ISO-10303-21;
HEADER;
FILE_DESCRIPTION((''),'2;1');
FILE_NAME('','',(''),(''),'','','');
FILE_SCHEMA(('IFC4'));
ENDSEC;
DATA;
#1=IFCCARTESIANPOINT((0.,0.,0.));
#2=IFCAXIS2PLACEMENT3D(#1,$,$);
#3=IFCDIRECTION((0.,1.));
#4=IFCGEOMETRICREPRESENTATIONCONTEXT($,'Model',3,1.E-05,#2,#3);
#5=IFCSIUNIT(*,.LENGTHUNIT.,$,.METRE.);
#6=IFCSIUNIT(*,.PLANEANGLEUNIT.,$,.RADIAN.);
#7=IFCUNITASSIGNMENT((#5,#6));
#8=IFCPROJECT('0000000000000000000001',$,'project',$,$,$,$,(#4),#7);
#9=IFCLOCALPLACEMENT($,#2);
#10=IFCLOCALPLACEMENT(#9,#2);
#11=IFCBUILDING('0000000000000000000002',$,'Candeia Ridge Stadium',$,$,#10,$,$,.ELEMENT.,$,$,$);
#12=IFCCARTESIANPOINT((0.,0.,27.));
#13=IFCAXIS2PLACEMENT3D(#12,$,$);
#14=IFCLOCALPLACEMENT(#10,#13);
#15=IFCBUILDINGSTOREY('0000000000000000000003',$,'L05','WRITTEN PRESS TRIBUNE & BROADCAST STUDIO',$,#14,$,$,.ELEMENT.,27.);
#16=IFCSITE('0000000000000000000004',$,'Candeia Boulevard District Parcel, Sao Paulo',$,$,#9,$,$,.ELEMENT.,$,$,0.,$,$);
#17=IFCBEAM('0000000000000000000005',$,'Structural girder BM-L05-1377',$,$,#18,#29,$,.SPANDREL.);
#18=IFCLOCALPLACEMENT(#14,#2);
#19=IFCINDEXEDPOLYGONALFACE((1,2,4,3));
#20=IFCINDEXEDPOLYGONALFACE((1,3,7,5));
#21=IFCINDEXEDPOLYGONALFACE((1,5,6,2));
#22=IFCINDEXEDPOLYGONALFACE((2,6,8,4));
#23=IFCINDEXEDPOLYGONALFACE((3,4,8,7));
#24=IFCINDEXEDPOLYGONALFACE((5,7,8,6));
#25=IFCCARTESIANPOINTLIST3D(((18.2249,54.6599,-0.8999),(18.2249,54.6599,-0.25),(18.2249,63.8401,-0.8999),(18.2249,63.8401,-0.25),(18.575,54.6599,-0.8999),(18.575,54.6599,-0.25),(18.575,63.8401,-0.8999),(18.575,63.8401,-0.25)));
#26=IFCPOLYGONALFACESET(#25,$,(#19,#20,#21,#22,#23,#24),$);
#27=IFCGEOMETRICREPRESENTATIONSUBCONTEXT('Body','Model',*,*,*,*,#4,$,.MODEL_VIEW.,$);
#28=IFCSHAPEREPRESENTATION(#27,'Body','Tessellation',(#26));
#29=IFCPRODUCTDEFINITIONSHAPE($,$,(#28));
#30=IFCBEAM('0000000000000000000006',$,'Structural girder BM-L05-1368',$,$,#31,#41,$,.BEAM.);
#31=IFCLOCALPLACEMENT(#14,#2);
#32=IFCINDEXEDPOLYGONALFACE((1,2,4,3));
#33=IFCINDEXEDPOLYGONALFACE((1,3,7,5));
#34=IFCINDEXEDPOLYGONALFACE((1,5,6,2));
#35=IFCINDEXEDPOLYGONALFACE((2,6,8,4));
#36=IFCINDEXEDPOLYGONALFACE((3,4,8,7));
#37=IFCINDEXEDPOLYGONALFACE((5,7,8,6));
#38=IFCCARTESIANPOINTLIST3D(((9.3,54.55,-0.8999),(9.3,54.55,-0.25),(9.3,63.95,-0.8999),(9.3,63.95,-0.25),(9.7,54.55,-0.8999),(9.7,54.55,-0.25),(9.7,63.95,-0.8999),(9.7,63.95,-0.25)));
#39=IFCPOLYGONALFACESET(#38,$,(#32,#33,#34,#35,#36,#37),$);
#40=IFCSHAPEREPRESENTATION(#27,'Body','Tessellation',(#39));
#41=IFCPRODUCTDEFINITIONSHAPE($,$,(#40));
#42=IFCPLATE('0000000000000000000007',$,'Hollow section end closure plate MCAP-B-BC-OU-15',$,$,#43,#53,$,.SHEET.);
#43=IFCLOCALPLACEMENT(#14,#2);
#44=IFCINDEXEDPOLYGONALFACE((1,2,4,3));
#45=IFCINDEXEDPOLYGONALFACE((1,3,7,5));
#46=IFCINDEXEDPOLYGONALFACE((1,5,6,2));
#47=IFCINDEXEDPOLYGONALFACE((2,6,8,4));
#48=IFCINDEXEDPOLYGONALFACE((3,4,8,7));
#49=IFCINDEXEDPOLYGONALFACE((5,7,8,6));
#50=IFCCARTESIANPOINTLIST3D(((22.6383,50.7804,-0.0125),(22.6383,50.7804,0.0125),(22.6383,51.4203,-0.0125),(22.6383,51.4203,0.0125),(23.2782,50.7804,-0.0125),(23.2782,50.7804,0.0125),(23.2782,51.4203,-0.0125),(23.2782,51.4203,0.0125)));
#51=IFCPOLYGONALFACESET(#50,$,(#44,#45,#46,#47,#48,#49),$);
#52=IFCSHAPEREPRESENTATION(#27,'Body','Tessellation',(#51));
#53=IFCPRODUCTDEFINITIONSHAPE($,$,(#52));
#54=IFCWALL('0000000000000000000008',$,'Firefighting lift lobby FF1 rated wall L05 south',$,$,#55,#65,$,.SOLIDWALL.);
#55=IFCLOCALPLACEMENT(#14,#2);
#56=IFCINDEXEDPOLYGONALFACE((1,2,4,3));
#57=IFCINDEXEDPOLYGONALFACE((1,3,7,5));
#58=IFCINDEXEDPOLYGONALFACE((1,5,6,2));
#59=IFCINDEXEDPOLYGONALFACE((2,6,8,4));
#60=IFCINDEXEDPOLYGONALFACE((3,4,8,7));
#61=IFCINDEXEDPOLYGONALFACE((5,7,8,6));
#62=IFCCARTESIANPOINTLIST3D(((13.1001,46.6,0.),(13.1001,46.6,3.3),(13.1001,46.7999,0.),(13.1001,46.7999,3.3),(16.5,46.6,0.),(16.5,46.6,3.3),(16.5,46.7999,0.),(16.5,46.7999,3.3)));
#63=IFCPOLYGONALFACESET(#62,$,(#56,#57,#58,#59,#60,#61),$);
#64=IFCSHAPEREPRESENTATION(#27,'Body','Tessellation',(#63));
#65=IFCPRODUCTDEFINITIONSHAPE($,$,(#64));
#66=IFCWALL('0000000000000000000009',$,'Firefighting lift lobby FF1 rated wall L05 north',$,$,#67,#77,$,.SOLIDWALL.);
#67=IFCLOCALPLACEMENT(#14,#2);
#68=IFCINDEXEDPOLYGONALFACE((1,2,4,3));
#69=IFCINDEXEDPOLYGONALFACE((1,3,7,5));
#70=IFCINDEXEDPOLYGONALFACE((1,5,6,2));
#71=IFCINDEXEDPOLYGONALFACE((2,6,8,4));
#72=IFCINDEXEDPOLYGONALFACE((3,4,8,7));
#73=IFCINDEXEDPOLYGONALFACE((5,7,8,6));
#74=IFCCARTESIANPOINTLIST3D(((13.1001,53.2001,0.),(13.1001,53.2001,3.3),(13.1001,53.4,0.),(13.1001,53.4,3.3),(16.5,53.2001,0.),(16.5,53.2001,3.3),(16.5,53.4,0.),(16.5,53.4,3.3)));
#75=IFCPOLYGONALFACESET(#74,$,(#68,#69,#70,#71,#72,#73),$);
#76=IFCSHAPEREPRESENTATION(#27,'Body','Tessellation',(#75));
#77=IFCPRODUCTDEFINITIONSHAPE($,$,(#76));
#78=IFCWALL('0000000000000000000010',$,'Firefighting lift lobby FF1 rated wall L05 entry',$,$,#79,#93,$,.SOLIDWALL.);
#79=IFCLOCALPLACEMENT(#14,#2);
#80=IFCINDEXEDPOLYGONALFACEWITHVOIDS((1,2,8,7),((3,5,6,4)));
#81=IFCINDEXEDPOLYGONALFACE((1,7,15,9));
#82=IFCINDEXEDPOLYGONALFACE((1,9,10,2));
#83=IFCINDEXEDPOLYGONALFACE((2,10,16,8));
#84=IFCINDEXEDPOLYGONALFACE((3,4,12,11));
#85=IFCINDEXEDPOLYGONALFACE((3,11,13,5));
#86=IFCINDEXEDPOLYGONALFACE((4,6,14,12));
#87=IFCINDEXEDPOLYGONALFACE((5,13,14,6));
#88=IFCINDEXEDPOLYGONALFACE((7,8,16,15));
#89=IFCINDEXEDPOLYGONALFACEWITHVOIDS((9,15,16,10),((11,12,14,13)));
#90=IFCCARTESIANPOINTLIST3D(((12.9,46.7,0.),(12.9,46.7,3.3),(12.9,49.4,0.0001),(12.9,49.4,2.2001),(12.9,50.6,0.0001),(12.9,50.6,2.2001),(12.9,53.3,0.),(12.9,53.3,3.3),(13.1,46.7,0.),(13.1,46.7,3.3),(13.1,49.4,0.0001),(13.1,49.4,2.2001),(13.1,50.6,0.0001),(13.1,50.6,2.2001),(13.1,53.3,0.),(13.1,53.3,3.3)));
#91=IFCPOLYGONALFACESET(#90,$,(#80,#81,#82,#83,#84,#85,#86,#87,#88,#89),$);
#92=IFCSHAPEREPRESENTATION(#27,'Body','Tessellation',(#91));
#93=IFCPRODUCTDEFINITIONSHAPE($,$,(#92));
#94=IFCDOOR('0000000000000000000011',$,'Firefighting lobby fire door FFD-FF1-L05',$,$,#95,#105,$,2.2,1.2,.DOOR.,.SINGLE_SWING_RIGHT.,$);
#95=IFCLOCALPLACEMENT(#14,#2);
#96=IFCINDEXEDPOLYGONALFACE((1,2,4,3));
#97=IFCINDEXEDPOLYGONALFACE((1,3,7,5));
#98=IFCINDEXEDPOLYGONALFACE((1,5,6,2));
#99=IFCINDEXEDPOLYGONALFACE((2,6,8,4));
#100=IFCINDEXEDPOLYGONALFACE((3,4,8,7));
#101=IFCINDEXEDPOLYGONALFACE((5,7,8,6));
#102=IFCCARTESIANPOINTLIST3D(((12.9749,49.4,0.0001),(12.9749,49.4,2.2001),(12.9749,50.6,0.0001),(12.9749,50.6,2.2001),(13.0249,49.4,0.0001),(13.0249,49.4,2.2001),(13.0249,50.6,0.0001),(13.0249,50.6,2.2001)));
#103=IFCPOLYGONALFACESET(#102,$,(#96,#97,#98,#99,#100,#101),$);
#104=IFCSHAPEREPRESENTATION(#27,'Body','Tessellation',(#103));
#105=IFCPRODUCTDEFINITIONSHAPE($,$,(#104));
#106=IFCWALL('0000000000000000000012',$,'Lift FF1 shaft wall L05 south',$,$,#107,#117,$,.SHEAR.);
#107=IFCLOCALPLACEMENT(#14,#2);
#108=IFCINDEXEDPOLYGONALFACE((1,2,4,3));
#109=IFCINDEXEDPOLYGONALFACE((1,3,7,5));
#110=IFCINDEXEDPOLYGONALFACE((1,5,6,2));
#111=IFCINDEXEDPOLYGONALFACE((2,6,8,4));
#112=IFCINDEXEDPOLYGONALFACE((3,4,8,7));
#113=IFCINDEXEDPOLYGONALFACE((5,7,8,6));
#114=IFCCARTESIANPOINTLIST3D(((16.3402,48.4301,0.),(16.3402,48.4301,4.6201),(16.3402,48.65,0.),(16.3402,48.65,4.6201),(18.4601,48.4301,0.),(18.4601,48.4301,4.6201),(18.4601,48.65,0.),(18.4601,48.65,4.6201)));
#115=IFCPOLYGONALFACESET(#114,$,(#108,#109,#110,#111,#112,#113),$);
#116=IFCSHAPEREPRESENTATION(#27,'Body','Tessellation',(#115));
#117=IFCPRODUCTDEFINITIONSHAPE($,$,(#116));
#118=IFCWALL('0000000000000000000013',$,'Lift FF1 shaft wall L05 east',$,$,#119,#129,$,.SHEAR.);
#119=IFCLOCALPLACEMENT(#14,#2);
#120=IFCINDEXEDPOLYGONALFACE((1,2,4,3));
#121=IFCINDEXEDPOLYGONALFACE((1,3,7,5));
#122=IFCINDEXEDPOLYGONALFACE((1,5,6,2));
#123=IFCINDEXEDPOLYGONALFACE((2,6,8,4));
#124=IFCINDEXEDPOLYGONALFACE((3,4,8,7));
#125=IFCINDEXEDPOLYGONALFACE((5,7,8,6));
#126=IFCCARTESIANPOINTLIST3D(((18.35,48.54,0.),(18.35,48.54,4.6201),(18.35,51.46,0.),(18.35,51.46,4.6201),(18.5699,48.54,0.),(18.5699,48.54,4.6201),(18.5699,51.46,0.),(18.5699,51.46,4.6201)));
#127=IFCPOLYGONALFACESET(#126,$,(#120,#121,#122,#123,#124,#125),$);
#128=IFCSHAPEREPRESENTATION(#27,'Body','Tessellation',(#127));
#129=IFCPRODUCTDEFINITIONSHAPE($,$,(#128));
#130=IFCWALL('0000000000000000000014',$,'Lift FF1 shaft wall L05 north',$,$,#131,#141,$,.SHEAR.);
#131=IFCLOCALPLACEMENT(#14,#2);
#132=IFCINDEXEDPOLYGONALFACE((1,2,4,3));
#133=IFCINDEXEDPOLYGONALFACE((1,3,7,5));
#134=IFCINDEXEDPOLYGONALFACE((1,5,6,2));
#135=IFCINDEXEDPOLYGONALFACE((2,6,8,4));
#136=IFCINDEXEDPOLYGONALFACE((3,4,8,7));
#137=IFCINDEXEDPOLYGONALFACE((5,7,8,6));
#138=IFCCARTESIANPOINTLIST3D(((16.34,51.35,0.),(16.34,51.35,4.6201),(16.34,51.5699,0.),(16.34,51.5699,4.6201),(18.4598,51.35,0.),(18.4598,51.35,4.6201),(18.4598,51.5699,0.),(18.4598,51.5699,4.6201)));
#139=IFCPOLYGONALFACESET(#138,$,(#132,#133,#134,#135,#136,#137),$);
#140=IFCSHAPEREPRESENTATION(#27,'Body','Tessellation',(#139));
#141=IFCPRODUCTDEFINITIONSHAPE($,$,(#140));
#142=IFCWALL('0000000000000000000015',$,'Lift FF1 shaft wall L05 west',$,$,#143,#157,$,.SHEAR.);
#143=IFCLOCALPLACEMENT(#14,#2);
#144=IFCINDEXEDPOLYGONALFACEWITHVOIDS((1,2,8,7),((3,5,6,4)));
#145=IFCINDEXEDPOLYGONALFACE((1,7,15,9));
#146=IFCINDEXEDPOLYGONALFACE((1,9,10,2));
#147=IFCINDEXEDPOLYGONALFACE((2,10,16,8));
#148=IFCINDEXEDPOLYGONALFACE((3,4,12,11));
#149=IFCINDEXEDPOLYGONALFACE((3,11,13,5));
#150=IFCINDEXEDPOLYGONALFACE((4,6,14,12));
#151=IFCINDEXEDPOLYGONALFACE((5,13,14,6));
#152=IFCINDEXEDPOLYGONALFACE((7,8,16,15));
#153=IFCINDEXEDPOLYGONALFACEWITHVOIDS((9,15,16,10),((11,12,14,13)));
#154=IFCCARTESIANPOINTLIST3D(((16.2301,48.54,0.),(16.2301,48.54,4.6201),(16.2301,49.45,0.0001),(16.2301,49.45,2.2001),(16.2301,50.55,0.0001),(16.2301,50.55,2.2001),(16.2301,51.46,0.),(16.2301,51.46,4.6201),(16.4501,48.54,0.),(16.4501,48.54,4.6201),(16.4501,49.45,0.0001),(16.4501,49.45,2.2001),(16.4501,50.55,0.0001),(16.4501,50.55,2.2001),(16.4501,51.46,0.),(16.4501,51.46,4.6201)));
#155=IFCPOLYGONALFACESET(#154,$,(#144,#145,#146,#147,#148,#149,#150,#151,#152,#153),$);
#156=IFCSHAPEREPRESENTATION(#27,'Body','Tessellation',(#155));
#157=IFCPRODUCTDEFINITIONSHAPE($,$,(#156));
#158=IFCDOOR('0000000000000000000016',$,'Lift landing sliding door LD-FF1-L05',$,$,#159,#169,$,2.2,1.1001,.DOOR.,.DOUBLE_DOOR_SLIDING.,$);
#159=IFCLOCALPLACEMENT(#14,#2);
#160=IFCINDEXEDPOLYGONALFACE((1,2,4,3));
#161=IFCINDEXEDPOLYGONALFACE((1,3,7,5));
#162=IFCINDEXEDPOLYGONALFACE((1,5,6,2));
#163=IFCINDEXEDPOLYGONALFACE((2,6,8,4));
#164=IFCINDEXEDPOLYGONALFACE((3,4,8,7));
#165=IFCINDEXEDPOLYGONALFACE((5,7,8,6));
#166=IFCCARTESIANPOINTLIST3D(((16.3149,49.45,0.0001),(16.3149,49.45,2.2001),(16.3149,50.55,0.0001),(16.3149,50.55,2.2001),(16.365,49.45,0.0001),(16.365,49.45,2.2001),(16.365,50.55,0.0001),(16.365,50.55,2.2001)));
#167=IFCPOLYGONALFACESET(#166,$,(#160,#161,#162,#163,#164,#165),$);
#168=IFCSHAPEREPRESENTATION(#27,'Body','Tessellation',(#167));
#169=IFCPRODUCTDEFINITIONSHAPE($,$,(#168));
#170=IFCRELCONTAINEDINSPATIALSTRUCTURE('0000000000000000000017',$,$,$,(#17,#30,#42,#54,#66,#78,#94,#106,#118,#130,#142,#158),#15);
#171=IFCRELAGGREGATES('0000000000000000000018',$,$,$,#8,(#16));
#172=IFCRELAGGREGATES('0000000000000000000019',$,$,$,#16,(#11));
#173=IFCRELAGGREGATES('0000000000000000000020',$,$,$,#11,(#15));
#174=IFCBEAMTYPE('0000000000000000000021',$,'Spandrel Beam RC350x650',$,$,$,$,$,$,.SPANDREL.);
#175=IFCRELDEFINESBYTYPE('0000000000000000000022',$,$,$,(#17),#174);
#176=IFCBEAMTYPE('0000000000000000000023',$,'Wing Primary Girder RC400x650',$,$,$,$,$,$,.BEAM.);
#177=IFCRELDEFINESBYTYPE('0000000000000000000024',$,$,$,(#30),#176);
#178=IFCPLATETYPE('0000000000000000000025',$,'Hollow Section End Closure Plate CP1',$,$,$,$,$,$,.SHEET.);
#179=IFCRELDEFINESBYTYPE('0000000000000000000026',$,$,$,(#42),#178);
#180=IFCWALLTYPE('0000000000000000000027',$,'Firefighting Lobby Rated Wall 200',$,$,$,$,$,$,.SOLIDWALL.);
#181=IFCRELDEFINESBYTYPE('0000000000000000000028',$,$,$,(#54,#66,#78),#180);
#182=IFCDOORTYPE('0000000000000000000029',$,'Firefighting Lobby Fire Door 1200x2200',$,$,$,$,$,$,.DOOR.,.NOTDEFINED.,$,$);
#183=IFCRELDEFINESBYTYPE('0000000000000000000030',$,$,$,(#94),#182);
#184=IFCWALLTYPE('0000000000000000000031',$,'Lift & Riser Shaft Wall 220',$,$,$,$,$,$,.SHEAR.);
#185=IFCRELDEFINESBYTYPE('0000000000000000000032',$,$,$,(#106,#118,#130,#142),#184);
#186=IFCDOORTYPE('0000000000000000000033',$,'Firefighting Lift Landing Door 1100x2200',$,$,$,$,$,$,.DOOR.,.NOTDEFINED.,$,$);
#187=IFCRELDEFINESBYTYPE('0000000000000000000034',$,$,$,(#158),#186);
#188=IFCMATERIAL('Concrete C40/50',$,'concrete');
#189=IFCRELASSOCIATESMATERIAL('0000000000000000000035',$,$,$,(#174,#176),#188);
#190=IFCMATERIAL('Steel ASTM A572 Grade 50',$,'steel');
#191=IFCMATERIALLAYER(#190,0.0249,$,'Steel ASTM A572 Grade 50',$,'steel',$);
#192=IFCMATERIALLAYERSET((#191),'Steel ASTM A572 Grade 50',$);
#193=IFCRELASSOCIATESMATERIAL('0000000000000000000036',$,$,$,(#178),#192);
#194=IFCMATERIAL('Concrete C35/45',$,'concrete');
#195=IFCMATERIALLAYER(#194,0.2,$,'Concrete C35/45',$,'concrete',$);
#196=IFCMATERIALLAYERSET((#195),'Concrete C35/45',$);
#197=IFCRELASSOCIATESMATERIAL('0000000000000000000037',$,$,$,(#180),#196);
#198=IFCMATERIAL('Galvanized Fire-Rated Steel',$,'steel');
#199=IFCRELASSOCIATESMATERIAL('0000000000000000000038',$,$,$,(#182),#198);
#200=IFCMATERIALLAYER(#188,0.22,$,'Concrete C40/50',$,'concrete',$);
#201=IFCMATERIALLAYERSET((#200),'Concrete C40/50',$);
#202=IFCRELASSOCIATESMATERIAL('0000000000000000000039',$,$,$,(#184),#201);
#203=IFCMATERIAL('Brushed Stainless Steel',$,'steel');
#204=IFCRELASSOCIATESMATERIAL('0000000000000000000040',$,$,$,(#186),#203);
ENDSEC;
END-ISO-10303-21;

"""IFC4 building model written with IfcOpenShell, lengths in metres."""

from ifc_helpers import new_model, si_unit, direction, frame, frame_2d, origin, origin_2d, place, context, subcontext, project, spatial, rectangle, extrude, material, layer, layer_set, material_profile, profile_set, type_object, element, fill, save


model = new_model("IFC4")

# Units and contexts
model_context = context("Model", 3, precision=1e-05, world=origin(), true_north=direction((0.0, 1.0)))
body_context = subcontext(model_context, "Body", "Model", "MODEL_VIEW")
ifc_project = project(units=[si_unit("LENGTHUNIT", "METRE"), si_unit("PLANEANGLEUNIT", "RADIAN")], contexts=[model_context])

# Site, building, storey
site_placement = place(None, origin())
site = spatial("IfcSite", under=ifc_project, at=site_placement, Name="Candeia Boulevard District Parcel, Sao Paulo", CompositionType="ELEMENT", RefElevation=0.0)
building_placement = place(site_placement, origin())
building = spatial("IfcBuilding", under=site, at=building_placement, Name="Candeia Ridge Stadium", CompositionType="ELEMENT")
storey_placement = place(building_placement, frame((0.0, 0.0, 27.0)))
storey = spatial("IfcBuildingStorey", under=building, at=storey_placement, Name="L05", Description="WRITTEN PRESS TRIBUNE & BROADCAST STUDIO", CompositionType="ELEMENT", Elevation=27.0)

# Shared definitions
ifc_material_1 = material(Name="Steel ASTM A572 Grade 50", Category="steel")
ifc_material_2 = material(Name="Concrete C40/50", Category="concrete")

# Beams
ifc_material_profile_1 = material_profile(ifc_material_2, rectangle(XDim=0.3501, YDim=0.6499, at=origin_2d()), Name="RC350x650", Category="concrete")
ifc_profile_set_1 = profile_set([ifc_material_profile_1], Name="Concrete C40/50")
beam_type_1 = type_object("IfcBeamType", Name="Spandrel Beam RC350x650", PredefinedType="SPANDREL", material=ifc_profile_set_1)
beam_1_placement = place(storey_placement, frame((18.3999, 54.6599, -0.575), z_axis=(0.0, 1.0, 0.0), x_axis=(-1.0, 0.0, 0.0)))
element("IfcBeam", 1, at=beam_1_placement, inside=storey, type_object=beam_type_1, Name="Structural girder BM-L05-1377", PredefinedType="SPANDREL", context=body_context, shape_type="SweptSolid", body=[
    extrude(rectangle(XDim=0.3501, YDim=0.6499, at=origin_2d()), origin(), (0.0, 0.0, 1.0), 9.1802),
])
ifc_material_profile_2 = material_profile(ifc_material_2, rectangle(XDim=0.3999, YDim=0.6499, at=origin_2d()), Name="RC400x650", Category="concrete")
ifc_profile_set_2 = profile_set([ifc_material_profile_2], Name="Concrete C40/50")
beam_type_2 = type_object("IfcBeamType", Name="Wing Primary Girder RC400x650", PredefinedType="BEAM", material=ifc_profile_set_2)
beam_2_placement = place(storey_placement, frame((9.5, 54.55, -0.575), z_axis=(0.0, 1.0, 0.0), x_axis=(-1.0, 0.0, 0.0)))
element("IfcBeam", 2, at=beam_2_placement, inside=storey, type_object=beam_type_2, Name="Structural girder BM-L05-1368", PredefinedType="BEAM", context=body_context, shape_type="SweptSolid", body=[
    extrude(rectangle(XDim=0.3999, YDim=0.6499, at=origin_2d()), origin(), (0.0, 0.0, 1.0), 9.3999),
])

# Plate
ifc_layer_1 = layer(ifc_material_1, 0.0249, Name="Steel ASTM A572 Grade 50", Category="steel")
ifc_layer_set_1 = layer_set([ifc_layer_1], Name="Steel ASTM A572 Grade 50")
plate_type = type_object("IfcPlateType", Name="Hollow Section End Closure Plate CP1", PredefinedType="SHEET", material=ifc_layer_set_1)
plate_placement = place(storey_placement, frame((22.9583, 51.1003, -0.0125), z_axis=(0.0, 0.0, 1.0), x_axis=(1.0, 0.0, 0.0)))
element("IfcPlate", 3, at=plate_placement, inside=storey, type_object=plate_type, Name="Hollow section end closure plate MCAP-B-BC-OU-15", PredefinedType="SHEET", context=body_context, shape_type="SweptSolid", body=[
    extrude(rectangle(XDim=0.6399, YDim=0.6399, at=origin_2d()), origin(), (0.0, 0.0, 1.0), 0.0249),
])

# Walls
ifc_material_3 = material(Name="Concrete C35/45", Category="concrete")
ifc_layer_2 = layer(ifc_material_3, 0.2, Name="Concrete C35/45", Category="concrete")
ifc_layer_set_2 = layer_set([ifc_layer_2], Name="Concrete C35/45")
wall_type_1 = type_object("IfcWallType", Name="Firefighting Lobby Rated Wall 200", PredefinedType="SOLIDWALL", material=ifc_layer_set_2)
for number, where, z_axis, x_axis, name in (
    (4, (13.1001, 46.7, 0.0), (0.0, 0.0, 1.0), (1.0, 0.0, 0.0), "Firefighting lift lobby FF1 rated wall L05 south"),
    (5, (16.5, 53.3, 0.0), (0.0, 0.0, 1.0), (-1.0, 0.0, 0.0), "Firefighting lift lobby FF1 rated wall L05 north"),
):
    element("IfcWall", number, at=place(storey_placement, frame(where, z_axis=z_axis, x_axis=x_axis)), inside=storey, type_object=wall_type_1, Name=name, PredefinedType="SOLIDWALL", context=body_context, shape_type="SweptSolid", body=[
        extrude(rectangle(XDim=3.3999, YDim=0.2, at=frame_2d((1.7, 0.0))), origin(), (0.0, 0.0, 1.0), 3.3),
    ])

# Wall, opening, door
wall_1_placement = place(storey_placement, frame((13.0, 53.3, 0.0), z_axis=(0.0, 0.0, 1.0), x_axis=(0.0, -1.0, 0.0)))
wall_1 = element("IfcWall", 6, at=wall_1_placement, inside=storey, type_object=wall_type_1, Name="Firefighting lift lobby FF1 rated wall L05 entry", PredefinedType="SOLIDWALL", context=body_context, shape_type="SweptSolid", body=[
    extrude(rectangle(XDim=6.6001, YDim=0.2, at=frame_2d((3.3, 0.0))), origin(), (0.0, 0.0, 1.0), 3.3),
])
opening_1_placement = place(wall_1_placement, frame((2.7, 0.0, 0.0)))
opening_1 = element("IfcOpeningElement", 7, at=opening_1_placement, cuts=wall_1, PredefinedType="OPENING", context=body_context, shape_type="SweptSolid", body=[
    extrude(rectangle(XDim=1.2, YDim=2.2, at=frame_2d((0.6001, 1.1001))), frame((0.0, 0.1099, 0.0), z_axis=(0.0, -1.0, 0.0), x_axis=(1.0, 0.0, 0.0)), (0.0, 0.0, 1.0), 0.22),
])
ifc_material_4 = material(Name="Galvanized Fire-Rated Steel", Category="steel")
door_type_1 = type_object("IfcDoorType", Name="Firefighting Lobby Fire Door 1200x2200", OperationType="NOTDEFINED", PredefinedType="DOOR", material=ifc_material_4)
door_1_placement = place(opening_1_placement, origin())
door_1 = element("IfcDoor", 8, at=door_1_placement, inside=storey, type_object=door_type_1, Name="Firefighting lobby fire door FFD-FF1-L05", OperationType="SINGLE_SWING_RIGHT", OverallHeight=2.2, OverallWidth=1.2, PredefinedType="DOOR", context=body_context, shape_type="SweptSolid", body=[
    extrude(rectangle(XDim=1.2, YDim=2.2, at=frame_2d((0.6001, 1.1001))), frame((0.0, 0.0249, 0.0), z_axis=(0.0, -1.0, 0.0), x_axis=(1.0, 0.0, 0.0)), (0.0, 0.0, 1.0), 0.05),
])
fill(opening_1, door_1)

# Walls
ifc_layer_3 = layer(ifc_material_2, 0.22, Name="Concrete C40/50", Category="concrete")
ifc_layer_set_3 = layer_set([ifc_layer_3], Name="Concrete C40/50")
wall_type_2 = type_object("IfcWallType", Name="Lift & Riser Shaft Wall 220", PredefinedType="SHEAR", material=ifc_layer_set_3)
wall_2_placement = place(storey_placement, frame((16.3401, 48.54, 0.0), z_axis=(0.0, 0.0, 1.0), x_axis=(1.0, 0.0, 0.0)))
element("IfcWall", 9, at=wall_2_placement, inside=storey, type_object=wall_type_2, Name="Lift FF1 shaft wall L05 south", PredefinedType="SHEAR", context=body_context, shape_type="SweptSolid", body=[
    extrude(rectangle(XDim=2.1199, YDim=0.22, at=frame_2d((1.0601, 0.0))), origin(), (0.0, 0.0, 1.0), 4.6201),
])
wall_3_placement = place(storey_placement, frame((18.46, 48.54, 0.0), z_axis=(0.0, 0.0, 1.0), x_axis=(0.0, 1.0, 0.0)))
element("IfcWall", 10, at=wall_3_placement, inside=storey, type_object=wall_type_2, Name="Lift FF1 shaft wall L05 east", PredefinedType="SHEAR", context=body_context, shape_type="SweptSolid", body=[
    extrude(rectangle(XDim=2.9199, YDim=0.22, at=frame_2d((1.46, 0.0))), origin(), (0.0, 0.0, 1.0), 4.6201),
])
wall_4_placement = place(storey_placement, frame((18.46, 51.46, 0.0), z_axis=(0.0, 0.0, 1.0), x_axis=(-1.0, 0.0, 0.0)))
element("IfcWall", 11, at=wall_4_placement, inside=storey, type_object=wall_type_2, Name="Lift FF1 shaft wall L05 north", PredefinedType="SHEAR", context=body_context, shape_type="SweptSolid", body=[
    extrude(rectangle(XDim=2.1199, YDim=0.22, at=frame_2d((1.0601, 0.0))), origin(), (0.0, 0.0, 1.0), 4.6201),
])

# Wall, opening, door
wall_5_placement = place(storey_placement, frame((16.3401, 51.46, 0.0), z_axis=(0.0, 0.0, 1.0), x_axis=(0.0, -1.0, 0.0)))
wall_5 = element("IfcWall", 12, at=wall_5_placement, inside=storey, type_object=wall_type_2, Name="Lift FF1 shaft wall L05 west", PredefinedType="SHEAR", context=body_context, shape_type="SweptSolid", body=[
    extrude(rectangle(XDim=2.9199, YDim=0.22, at=frame_2d((1.46, 0.0))), origin(), (0.0, 0.0, 1.0), 4.6201),
])
opening_2_placement = place(wall_5_placement, frame((0.9099, 0.0, 0.0)))
opening_2 = element("IfcOpeningElement", 13, at=opening_2_placement, cuts=wall_5, PredefinedType="OPENING", context=body_context, shape_type="SweptSolid", body=[
    extrude(rectangle(XDim=1.1001, YDim=2.2, at=frame_2d((0.55, 1.1001))), frame((0.0, 0.1199, 0.0), z_axis=(0.0, -1.0, 0.0), x_axis=(1.0, 0.0, 0.0)), (0.0, 0.0, 1.0), 0.24),
])
ifc_material_5 = material(Name="Brushed Stainless Steel", Category="steel")
door_type_2 = type_object("IfcDoorType", Name="Firefighting Lift Landing Door 1100x2200", OperationType="NOTDEFINED", PredefinedType="DOOR", material=ifc_material_5)
door_2_placement = place(opening_2_placement, origin())
door_2 = element("IfcDoor", 14, at=door_2_placement, inside=storey, type_object=door_type_2, Name="Lift landing sliding door LD-FF1-L05", OperationType="DOUBLE_DOOR_SLIDING", OverallHeight=2.2, OverallWidth=1.1001, PredefinedType="DOOR", context=body_context, shape_type="SweptSolid", body=[
    extrude(rectangle(XDim=1.1001, YDim=2.2, at=frame_2d((0.55, 1.1001))), frame((0.0, 0.0249, 0.0), z_axis=(0.0, -1.0, 0.0), x_axis=(1.0, 0.0, 0.0)), (0.0, 0.0, 1.0), 0.05),
])
fill(opening_2, door_2)

save(model, "model.ifc")
